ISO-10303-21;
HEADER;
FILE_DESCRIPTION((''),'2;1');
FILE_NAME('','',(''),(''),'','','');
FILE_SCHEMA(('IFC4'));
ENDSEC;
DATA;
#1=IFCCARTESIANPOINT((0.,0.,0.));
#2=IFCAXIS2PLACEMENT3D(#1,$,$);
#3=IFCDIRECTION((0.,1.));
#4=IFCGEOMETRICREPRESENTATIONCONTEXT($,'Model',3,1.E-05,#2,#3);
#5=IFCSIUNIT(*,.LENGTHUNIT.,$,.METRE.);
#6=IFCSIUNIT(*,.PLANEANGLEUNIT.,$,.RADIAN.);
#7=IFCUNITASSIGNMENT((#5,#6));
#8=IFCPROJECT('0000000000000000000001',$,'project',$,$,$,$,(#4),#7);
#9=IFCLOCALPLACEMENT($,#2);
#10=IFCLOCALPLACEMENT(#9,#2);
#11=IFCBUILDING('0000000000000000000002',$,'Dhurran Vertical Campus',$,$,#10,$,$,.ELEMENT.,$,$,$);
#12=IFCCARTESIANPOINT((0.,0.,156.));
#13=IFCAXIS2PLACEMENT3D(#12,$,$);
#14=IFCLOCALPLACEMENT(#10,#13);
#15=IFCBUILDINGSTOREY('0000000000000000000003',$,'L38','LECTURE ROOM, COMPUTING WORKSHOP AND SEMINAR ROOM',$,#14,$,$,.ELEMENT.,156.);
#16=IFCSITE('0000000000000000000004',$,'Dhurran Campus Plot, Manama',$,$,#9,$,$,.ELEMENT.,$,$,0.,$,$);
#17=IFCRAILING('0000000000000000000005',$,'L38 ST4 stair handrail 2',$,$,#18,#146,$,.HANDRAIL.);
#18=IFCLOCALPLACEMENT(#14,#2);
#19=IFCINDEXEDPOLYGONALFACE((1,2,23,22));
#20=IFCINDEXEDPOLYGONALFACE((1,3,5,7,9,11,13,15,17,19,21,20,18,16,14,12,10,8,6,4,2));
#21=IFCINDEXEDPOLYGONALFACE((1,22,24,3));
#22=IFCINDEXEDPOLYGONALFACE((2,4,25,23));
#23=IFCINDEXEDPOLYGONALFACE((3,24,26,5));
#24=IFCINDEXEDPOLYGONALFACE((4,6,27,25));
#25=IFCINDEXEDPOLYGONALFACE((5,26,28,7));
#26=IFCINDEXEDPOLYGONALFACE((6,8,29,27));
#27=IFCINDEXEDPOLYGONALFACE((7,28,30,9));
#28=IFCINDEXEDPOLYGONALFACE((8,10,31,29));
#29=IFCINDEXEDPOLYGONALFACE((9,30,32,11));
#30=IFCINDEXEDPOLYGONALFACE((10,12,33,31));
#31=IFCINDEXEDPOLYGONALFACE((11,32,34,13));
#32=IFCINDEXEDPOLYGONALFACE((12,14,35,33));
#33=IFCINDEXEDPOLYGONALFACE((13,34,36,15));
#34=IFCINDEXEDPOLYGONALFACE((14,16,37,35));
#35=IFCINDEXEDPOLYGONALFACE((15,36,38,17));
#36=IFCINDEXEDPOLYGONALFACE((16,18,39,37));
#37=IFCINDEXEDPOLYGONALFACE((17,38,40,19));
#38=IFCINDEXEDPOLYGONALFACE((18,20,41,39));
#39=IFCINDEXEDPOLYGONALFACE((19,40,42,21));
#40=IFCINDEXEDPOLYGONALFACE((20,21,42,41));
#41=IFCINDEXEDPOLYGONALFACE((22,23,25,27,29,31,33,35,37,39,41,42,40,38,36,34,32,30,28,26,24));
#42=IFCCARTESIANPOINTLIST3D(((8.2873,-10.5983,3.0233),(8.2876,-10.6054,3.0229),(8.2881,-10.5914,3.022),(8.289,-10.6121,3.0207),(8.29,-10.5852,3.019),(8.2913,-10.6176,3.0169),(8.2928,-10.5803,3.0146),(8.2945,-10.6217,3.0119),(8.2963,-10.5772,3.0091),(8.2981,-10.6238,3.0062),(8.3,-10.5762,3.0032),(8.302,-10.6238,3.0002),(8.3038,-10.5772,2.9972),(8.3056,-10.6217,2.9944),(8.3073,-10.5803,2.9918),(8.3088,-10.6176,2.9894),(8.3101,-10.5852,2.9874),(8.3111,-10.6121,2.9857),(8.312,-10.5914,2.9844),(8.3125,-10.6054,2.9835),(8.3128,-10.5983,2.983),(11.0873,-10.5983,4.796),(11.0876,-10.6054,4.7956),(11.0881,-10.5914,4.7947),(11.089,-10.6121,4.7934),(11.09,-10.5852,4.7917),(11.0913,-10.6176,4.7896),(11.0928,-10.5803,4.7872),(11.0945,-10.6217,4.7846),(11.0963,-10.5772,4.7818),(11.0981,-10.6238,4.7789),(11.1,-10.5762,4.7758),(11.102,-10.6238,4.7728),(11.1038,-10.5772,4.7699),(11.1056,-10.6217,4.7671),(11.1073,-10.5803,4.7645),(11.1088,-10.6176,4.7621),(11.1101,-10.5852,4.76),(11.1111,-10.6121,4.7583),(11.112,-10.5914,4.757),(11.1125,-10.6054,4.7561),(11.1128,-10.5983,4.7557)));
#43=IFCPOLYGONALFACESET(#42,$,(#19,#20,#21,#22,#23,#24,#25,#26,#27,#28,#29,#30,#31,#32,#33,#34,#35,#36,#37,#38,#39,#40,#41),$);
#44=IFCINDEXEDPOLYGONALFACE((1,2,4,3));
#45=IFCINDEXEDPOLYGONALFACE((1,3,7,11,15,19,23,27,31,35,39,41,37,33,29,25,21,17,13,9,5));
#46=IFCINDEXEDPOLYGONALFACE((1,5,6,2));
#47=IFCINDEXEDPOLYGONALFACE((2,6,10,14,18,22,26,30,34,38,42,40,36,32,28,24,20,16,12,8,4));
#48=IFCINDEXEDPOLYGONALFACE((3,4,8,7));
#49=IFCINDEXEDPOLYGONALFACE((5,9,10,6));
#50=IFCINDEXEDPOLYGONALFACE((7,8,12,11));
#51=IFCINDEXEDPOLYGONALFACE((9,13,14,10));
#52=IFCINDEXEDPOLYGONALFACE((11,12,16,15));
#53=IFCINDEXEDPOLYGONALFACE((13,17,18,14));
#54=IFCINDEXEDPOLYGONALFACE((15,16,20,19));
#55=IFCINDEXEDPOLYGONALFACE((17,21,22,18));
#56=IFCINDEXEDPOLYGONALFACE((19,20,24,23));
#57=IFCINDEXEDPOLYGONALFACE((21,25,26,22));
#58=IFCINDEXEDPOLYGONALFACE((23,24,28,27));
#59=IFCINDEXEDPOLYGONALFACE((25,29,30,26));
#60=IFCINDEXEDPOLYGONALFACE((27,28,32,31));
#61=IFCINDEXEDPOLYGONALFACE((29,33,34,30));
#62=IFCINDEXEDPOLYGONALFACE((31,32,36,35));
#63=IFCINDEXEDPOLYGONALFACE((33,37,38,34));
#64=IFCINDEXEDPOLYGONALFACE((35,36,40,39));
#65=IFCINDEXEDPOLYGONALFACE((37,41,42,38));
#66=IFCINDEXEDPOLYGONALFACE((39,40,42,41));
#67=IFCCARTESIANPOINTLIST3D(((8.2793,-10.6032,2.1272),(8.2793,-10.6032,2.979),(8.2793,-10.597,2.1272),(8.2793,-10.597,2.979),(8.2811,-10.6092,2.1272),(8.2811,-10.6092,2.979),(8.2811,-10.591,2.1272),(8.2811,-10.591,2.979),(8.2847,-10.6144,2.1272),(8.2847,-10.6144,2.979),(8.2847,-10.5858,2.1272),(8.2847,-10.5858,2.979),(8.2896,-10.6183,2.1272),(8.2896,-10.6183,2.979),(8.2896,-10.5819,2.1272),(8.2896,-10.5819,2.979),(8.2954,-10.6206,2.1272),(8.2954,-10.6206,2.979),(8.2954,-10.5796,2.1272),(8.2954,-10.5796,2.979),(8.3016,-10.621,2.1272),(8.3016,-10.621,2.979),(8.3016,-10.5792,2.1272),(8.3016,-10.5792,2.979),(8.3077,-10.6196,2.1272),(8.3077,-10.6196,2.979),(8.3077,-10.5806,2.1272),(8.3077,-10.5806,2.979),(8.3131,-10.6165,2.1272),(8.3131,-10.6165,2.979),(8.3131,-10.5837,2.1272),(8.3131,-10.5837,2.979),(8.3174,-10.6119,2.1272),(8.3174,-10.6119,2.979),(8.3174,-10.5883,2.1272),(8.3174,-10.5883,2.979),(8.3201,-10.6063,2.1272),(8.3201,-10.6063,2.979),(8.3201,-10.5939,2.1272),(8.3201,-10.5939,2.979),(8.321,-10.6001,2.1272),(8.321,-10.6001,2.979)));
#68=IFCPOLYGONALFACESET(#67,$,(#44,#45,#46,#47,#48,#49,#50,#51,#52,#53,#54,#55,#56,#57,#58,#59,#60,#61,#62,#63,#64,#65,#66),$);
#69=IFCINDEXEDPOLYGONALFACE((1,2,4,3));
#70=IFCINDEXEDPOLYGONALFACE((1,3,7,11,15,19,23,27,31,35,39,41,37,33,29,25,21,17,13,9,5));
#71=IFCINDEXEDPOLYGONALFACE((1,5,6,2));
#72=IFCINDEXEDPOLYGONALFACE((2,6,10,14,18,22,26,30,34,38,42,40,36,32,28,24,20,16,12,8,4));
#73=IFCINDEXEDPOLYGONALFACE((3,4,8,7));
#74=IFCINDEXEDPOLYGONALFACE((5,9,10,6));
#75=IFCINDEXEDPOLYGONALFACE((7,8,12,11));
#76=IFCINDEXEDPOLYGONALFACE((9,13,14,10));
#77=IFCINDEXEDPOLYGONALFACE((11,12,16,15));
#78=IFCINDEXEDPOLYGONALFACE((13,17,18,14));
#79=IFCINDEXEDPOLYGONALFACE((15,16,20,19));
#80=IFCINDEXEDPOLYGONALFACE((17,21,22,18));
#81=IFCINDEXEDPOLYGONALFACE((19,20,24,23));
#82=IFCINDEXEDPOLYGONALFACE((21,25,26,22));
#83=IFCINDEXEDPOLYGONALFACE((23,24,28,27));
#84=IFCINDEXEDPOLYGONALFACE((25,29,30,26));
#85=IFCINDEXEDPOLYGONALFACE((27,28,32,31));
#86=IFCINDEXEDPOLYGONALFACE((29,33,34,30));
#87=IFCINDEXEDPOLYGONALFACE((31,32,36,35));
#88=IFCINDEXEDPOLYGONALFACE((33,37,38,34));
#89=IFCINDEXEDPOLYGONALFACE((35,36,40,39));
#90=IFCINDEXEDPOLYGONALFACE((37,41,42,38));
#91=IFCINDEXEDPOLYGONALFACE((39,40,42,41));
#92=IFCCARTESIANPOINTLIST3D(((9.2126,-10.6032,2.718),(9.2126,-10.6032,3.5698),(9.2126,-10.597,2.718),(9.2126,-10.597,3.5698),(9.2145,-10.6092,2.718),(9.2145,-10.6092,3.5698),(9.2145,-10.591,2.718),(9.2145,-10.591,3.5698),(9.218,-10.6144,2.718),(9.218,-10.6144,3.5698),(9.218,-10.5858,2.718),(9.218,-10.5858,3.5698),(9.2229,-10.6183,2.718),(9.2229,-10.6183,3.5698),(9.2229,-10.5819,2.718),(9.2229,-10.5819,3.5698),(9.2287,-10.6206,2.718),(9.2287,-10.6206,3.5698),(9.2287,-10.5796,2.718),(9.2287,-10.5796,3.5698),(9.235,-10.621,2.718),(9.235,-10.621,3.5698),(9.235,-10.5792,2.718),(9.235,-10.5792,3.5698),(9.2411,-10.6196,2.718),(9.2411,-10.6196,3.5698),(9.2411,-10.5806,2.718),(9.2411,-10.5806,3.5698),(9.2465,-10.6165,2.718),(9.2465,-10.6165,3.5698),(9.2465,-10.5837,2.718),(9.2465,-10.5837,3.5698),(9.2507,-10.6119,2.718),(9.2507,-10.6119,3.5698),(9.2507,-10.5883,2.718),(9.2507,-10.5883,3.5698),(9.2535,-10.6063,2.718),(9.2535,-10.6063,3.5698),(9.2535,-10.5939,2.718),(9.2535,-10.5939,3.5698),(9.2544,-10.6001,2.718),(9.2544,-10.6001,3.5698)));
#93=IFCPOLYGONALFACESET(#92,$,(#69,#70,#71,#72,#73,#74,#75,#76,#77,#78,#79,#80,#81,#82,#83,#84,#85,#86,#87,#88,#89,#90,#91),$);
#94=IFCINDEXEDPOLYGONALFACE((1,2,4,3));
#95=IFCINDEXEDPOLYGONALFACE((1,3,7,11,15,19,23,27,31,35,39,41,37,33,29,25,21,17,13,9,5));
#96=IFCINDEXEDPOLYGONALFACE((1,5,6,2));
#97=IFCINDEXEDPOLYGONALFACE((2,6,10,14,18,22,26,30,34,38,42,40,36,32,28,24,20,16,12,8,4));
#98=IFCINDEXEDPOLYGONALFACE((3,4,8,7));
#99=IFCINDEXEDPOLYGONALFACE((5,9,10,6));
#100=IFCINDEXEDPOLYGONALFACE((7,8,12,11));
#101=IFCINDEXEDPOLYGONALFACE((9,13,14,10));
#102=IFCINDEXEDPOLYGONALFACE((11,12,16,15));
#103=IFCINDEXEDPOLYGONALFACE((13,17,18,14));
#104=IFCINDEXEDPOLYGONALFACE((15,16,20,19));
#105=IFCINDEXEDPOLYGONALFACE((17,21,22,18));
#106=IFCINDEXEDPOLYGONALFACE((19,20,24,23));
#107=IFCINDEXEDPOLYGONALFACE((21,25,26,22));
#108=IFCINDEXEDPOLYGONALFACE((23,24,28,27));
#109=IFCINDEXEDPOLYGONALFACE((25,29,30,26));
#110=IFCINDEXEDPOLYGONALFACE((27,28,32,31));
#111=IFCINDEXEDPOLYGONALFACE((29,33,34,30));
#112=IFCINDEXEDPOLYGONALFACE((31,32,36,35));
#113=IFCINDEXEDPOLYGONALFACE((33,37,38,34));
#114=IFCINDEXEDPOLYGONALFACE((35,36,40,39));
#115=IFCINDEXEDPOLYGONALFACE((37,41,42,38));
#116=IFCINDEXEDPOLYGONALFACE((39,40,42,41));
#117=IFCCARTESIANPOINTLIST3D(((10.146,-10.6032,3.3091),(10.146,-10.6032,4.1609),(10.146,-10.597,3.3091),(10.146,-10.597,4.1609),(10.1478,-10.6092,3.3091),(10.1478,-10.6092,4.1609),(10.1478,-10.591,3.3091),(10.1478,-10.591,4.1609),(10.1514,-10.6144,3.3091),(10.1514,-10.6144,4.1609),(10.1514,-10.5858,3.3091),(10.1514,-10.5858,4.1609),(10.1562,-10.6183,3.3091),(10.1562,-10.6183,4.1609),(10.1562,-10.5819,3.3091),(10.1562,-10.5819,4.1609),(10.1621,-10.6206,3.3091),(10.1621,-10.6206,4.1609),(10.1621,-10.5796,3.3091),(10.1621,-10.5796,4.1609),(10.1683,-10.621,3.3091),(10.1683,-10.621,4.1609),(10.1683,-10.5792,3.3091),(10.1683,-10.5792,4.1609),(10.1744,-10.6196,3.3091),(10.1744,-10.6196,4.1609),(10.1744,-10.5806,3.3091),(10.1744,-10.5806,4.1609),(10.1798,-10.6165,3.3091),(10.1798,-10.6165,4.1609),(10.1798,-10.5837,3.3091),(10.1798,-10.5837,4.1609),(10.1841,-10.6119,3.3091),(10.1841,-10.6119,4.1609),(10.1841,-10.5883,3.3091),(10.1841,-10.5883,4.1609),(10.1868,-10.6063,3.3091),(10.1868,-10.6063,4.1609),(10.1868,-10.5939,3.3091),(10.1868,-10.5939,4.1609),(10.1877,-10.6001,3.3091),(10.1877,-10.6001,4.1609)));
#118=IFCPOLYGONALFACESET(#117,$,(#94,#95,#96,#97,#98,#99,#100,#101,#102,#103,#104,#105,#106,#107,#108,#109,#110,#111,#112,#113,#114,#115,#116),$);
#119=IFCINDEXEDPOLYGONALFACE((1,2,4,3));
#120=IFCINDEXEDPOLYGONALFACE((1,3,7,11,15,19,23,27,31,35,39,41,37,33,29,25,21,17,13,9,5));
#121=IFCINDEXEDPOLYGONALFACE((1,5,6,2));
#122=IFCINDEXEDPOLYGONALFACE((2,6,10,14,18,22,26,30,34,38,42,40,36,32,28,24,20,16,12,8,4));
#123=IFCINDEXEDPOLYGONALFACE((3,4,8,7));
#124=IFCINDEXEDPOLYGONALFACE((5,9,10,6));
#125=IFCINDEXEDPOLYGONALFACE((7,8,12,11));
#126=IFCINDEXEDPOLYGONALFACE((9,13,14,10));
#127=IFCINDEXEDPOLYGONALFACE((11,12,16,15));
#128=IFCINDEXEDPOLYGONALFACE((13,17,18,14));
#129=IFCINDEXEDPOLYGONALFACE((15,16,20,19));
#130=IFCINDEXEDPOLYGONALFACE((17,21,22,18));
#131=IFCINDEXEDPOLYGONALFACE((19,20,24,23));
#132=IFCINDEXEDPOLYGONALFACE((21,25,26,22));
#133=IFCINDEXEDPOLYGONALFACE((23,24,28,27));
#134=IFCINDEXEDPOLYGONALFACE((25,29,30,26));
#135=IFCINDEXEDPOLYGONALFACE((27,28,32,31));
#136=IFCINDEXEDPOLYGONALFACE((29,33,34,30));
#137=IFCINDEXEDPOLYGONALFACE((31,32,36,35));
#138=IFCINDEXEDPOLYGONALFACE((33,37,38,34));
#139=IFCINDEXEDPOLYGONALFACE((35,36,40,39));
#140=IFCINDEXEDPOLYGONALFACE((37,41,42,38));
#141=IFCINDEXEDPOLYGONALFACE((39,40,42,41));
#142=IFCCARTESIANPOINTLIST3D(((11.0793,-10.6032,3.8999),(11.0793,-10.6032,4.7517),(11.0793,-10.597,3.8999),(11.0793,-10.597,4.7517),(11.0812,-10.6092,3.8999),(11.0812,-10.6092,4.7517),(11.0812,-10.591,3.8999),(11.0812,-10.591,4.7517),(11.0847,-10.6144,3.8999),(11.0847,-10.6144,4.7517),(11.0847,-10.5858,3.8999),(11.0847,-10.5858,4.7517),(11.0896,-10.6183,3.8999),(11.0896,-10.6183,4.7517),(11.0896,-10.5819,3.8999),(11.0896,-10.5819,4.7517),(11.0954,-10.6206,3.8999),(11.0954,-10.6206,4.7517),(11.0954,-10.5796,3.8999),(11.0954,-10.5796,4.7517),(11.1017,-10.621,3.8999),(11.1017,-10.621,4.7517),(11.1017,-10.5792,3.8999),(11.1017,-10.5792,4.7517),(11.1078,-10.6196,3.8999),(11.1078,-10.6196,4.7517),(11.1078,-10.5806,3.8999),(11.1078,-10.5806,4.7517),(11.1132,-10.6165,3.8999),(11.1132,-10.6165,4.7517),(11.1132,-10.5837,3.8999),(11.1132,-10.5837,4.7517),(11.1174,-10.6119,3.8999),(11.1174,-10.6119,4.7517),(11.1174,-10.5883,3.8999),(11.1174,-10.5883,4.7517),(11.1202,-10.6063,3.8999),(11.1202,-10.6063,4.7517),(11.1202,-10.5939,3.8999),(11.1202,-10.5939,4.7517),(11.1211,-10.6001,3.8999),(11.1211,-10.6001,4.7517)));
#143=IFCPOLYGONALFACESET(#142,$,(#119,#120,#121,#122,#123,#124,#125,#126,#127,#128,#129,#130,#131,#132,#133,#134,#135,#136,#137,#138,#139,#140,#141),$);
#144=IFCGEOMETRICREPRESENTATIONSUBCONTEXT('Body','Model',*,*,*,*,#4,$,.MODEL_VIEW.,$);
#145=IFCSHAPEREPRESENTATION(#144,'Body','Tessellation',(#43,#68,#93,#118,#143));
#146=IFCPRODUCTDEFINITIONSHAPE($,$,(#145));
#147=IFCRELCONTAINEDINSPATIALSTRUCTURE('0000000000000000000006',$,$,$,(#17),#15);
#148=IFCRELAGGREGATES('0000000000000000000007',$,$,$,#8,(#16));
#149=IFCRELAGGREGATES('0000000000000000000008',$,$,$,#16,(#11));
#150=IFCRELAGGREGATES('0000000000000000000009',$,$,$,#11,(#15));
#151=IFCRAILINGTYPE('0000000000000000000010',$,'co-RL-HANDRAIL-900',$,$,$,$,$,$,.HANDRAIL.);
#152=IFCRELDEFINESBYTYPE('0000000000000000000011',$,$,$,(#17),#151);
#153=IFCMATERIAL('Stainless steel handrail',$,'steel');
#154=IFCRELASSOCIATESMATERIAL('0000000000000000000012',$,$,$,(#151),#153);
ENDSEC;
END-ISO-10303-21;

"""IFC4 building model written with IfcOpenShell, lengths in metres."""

from ifc_helpers import new_model, si_unit, direction, frame, origin, origin_2d, place, context, subcontext, project, spatial, circle, extrude, material, type_object, element, save


model = new_model("IFC4")

# Units and contexts
model_context = context("Model", 3, precision=1e-05, world=origin(), true_north=direction((0.0, 1.0)))
body_context = subcontext(model_context, "Body", "Model", "MODEL_VIEW")
ifc_project = project(units=[si_unit("LENGTHUNIT", "METRE"), si_unit("PLANEANGLEUNIT", "RADIAN")], contexts=[model_context])

# Site, building, storey
site_placement = place(None, origin())
site = spatial("IfcSite", under=ifc_project, at=site_placement, Name="Dhurran Campus Plot, Manama", CompositionType="ELEMENT", RefElevation=0.0)
building_placement = place(site_placement, origin())
building = spatial("IfcBuilding", under=site, at=building_placement, Name="Dhurran Vertical Campus", CompositionType="ELEMENT")
storey_placement = place(building_placement, frame((0.0, 0.0, 156.0)))
storey = spatial("IfcBuildingStorey", under=building, at=storey_placement, Name="L38", Description="LECTURE ROOM, COMPUTING WORKSHOP AND SEMINAR ROOM", CompositionType="ELEMENT", Elevation=156.0)

# Railing
ifc_material_1 = material(Name="Stainless steel handrail", Category="steel")
railing_type_1 = type_object("IfcRailingType", Name="co-RL-HANDRAIL-900", PredefinedType="HANDRAIL", material=ifc_material_1)
railing_1_placement = place(storey_placement, frame((8.3, -10.6001, 2.1272)))
element("IfcRailing", 1, at=railing_1_placement, inside=storey, type_object=railing_type_1, Name="L38 ST4 stair handrail 2", PredefinedType="HANDRAIL", context=body_context, shape_type="SweptSolid", body=[
    extrude(circle(Radius=0.0239, at=origin_2d()), frame((0.0, 0.0, 0.876), z_axis=(0.844909, 0.0, 0.53491), x_axis=(0.0, 1.0, 0.0)), (0.0, 0.0, 1.0), 3.314),
    extrude(circle(Radius=0.021, at=origin_2d()), origin(), (0.0, 0.0, 1.0), 0.8518),
    extrude(circle(Radius=0.021, at=origin_2d()), frame((0.9333, 0.0, 0.5908)), (0.0, 0.0, 1.0), 0.8518),
    extrude(circle(Radius=0.021, at=origin_2d()), frame((1.8667, 0.0, 1.1819)), (0.0, 0.0, 1.0), 0.8518),
    extrude(circle(Radius=0.021, at=origin_2d()), frame((2.8, 0.0, 1.7727)), (0.0, 0.0, 1.0), 0.8518),
])

save(model, "model.ifc")
